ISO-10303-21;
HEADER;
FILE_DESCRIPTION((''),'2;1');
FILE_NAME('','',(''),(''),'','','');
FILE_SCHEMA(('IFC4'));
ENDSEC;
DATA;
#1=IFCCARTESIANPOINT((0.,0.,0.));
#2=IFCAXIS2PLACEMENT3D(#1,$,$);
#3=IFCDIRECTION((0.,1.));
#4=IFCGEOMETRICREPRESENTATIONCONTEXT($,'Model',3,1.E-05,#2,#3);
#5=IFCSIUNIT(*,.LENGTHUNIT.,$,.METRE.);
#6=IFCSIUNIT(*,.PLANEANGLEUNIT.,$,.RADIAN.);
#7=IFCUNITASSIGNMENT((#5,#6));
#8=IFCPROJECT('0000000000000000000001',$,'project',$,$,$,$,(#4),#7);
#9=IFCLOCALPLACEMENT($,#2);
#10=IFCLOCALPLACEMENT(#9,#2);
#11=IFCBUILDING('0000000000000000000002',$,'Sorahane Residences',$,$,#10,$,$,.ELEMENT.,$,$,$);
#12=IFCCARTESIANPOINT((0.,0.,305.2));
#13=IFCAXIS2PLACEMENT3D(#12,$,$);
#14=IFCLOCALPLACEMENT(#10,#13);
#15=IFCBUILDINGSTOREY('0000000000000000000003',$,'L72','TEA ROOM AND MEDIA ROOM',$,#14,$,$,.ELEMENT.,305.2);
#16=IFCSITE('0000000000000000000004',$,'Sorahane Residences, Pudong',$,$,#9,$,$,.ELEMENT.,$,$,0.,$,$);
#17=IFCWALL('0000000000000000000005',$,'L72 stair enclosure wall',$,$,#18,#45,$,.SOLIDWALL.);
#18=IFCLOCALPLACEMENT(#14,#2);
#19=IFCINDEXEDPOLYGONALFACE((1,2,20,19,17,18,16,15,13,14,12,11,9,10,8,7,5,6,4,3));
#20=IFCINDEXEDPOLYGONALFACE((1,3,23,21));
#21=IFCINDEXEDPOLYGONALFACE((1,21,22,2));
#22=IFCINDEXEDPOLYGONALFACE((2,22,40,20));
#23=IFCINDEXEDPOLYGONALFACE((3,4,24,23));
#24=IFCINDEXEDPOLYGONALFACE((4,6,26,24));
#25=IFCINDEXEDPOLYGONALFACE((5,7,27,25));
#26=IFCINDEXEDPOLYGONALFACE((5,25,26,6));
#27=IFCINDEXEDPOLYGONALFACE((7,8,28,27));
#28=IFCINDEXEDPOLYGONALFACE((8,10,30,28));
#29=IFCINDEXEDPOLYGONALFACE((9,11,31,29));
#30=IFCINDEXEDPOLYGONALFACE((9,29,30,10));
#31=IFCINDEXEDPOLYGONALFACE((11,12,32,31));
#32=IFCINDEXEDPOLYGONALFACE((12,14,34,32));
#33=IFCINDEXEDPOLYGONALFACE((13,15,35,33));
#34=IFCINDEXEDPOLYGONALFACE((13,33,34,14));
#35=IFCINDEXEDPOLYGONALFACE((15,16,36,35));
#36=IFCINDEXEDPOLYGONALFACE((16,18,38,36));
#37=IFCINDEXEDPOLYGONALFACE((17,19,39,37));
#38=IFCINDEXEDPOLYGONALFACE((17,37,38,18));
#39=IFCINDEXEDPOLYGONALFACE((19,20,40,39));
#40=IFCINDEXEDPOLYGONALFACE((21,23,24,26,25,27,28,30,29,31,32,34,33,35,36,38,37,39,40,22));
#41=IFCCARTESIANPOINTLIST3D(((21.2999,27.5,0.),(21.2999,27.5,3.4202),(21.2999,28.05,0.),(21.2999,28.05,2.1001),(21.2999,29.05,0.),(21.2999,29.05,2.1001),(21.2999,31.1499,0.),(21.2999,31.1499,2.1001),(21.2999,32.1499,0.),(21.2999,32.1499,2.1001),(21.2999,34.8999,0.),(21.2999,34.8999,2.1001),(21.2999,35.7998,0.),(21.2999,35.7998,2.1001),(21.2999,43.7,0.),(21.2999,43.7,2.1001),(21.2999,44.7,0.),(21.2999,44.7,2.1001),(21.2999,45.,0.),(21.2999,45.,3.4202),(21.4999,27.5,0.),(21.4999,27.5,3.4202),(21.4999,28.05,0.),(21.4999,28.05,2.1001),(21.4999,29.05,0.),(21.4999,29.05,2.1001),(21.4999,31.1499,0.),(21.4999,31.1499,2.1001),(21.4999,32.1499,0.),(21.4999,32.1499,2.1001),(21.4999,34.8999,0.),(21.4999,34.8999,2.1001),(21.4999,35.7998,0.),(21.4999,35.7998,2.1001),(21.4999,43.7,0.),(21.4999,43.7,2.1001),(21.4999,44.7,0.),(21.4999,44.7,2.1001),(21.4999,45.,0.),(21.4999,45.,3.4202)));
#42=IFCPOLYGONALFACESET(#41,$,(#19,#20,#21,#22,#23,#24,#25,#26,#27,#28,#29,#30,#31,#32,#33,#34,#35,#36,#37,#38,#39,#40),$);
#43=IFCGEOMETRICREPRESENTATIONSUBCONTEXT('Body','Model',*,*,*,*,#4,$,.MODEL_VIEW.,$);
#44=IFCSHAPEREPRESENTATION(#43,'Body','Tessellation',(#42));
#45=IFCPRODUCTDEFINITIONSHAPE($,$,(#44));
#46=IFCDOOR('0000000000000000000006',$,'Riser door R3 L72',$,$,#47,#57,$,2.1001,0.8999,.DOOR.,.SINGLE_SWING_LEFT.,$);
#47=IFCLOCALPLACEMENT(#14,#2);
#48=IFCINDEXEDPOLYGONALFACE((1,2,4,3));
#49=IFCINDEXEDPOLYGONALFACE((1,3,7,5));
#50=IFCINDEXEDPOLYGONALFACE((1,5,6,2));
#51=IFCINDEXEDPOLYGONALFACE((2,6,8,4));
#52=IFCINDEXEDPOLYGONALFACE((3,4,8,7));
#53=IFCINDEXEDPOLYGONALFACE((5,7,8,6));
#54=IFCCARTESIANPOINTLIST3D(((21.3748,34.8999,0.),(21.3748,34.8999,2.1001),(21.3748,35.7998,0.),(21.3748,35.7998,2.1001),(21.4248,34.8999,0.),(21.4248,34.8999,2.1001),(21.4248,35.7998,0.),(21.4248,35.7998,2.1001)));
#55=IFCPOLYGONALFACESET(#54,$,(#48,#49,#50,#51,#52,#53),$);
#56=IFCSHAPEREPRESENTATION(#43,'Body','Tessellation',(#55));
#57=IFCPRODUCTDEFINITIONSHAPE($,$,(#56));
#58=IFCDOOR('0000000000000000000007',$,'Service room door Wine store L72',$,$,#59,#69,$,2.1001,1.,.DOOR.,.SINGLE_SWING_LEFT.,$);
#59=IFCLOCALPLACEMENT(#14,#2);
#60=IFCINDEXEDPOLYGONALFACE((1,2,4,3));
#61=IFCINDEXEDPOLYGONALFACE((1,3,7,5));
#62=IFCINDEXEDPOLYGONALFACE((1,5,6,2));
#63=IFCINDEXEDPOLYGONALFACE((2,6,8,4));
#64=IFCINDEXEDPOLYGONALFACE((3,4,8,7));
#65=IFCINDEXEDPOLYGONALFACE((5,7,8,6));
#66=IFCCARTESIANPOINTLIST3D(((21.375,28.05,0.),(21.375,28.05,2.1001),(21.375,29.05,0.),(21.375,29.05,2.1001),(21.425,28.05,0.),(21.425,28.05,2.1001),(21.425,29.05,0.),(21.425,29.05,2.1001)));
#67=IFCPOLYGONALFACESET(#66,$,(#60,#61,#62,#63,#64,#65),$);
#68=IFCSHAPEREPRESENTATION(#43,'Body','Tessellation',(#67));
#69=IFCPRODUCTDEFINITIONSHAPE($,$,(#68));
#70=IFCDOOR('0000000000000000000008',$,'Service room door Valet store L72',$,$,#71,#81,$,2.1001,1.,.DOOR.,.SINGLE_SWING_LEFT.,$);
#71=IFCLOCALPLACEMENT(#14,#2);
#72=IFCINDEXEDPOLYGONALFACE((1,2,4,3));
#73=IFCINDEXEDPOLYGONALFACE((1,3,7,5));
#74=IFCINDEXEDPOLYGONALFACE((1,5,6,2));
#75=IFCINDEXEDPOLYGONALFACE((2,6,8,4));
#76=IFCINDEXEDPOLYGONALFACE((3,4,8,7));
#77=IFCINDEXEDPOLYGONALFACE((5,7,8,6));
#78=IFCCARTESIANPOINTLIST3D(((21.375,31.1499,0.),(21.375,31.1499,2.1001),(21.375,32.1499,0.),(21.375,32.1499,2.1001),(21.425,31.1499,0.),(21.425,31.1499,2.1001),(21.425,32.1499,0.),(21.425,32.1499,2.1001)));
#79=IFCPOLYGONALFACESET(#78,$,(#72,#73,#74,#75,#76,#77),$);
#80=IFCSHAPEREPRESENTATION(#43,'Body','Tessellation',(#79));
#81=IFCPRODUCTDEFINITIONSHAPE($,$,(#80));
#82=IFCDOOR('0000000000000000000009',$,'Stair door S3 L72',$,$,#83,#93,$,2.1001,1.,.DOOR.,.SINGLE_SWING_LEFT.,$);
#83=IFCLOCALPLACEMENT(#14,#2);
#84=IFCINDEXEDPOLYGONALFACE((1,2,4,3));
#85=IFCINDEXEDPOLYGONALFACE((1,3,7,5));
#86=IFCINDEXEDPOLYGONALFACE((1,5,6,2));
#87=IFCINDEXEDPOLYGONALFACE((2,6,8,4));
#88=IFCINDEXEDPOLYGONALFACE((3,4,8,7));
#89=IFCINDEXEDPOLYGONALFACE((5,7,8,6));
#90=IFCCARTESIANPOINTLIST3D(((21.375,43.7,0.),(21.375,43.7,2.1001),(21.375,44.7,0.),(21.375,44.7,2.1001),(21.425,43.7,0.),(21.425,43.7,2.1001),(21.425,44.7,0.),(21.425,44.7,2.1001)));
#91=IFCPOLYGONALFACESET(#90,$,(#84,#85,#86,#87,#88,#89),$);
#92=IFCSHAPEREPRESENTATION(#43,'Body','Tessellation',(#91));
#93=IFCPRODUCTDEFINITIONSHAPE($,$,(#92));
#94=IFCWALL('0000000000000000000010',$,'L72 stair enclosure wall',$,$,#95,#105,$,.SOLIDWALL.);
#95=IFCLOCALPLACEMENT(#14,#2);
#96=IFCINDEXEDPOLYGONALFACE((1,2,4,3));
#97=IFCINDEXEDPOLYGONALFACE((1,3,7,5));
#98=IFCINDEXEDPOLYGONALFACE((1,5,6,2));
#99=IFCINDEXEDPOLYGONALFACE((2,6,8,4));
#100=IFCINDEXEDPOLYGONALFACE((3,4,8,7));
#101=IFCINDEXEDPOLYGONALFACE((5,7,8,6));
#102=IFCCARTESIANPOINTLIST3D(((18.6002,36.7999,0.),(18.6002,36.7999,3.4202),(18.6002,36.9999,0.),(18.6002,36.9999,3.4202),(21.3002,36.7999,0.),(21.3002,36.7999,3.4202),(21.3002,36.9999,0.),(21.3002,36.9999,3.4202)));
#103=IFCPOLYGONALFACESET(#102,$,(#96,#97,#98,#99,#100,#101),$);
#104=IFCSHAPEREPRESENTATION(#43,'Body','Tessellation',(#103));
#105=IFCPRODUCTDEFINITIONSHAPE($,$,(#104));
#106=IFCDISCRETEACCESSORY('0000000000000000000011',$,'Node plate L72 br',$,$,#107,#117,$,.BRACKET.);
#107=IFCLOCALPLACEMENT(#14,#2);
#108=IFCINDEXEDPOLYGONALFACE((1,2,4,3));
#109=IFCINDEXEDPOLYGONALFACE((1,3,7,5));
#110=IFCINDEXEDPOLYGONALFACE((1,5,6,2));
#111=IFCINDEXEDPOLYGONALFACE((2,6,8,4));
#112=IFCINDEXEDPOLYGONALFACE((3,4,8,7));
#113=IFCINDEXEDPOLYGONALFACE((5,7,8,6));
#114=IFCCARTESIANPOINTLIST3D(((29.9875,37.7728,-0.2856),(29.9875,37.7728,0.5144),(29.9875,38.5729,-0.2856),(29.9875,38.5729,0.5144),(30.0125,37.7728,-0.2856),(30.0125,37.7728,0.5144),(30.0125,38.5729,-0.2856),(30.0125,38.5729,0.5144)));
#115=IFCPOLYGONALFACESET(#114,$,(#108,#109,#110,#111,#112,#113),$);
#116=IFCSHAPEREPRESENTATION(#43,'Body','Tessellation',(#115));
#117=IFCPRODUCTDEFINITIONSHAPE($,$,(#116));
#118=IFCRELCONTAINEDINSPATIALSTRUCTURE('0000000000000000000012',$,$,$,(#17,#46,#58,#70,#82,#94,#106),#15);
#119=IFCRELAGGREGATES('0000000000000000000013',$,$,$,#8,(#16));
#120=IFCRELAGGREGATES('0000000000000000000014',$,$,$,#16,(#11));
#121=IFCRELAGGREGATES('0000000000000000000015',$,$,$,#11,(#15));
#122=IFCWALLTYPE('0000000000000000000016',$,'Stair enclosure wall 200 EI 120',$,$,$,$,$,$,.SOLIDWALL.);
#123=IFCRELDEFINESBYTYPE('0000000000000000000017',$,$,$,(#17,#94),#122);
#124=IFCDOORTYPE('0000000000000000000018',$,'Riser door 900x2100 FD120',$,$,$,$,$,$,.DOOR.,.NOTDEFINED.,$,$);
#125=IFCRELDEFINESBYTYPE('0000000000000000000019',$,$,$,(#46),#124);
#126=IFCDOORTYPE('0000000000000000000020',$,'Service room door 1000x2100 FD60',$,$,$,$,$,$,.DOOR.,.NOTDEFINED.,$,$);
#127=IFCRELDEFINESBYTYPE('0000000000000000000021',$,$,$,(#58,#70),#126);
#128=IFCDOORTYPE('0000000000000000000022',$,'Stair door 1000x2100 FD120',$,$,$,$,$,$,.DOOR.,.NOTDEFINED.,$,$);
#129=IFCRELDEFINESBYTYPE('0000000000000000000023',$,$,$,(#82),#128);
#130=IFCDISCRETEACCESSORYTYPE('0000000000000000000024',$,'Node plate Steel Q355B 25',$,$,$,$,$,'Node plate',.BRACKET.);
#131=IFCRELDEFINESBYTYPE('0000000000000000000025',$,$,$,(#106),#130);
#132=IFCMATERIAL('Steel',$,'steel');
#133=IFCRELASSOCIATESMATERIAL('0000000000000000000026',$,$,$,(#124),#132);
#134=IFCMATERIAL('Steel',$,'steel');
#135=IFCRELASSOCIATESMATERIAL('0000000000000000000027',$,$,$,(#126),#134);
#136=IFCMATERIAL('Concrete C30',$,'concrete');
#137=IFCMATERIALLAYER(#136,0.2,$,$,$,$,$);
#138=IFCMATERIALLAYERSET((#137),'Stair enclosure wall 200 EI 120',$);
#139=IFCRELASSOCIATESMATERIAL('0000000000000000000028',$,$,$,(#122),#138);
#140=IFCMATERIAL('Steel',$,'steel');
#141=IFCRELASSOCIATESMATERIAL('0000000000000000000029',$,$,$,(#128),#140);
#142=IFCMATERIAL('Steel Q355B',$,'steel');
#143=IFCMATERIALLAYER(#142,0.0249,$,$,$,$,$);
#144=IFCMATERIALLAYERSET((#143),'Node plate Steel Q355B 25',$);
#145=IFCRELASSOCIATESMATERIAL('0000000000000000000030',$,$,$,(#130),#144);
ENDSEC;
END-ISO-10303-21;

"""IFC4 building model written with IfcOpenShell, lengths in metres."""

from ifc_helpers import new_model, si_unit, direction, frame, frame_2d, origin, origin_2d, place, context, subcontext, project, spatial, rectangle, extrude, material, layer, layer_set, type_object, element, fill, save


model = new_model("IFC4")

# Units and contexts
model_context = context("Model", 3, precision=1e-05, world=origin(), true_north=direction((0.0, 1.0)))
body_context = subcontext(model_context, "Body", "Model", "MODEL_VIEW")
ifc_project = project(units=[si_unit("LENGTHUNIT", "METRE"), si_unit("PLANEANGLEUNIT", "RADIAN")], contexts=[model_context])

# Site, building, storey
site_placement = place(None, origin())
site = spatial("IfcSite", under=ifc_project, at=site_placement, Name="Sorahane Residences, Pudong", CompositionType="ELEMENT", RefElevation=0.0)
building_placement = place(site_placement, origin())
building = spatial("IfcBuilding", under=site, at=building_placement, Name="Sorahane Residences", CompositionType="ELEMENT")
storey_placement = place(building_placement, frame((0.0, 0.0, 305.2)))
storey = spatial("IfcBuildingStorey", under=building, at=storey_placement, Name="L72", Description="TEA ROOM AND MEDIA ROOM", CompositionType="ELEMENT", Elevation=305.2)

# Shared definitions
ifc_material_1 = material(Name="Steel", Category="steel")
door_type_1 = type_object("IfcDoorType", Name="Riser door 900x2100 FD120", OperationType="NOTDEFINED", PredefinedType="DOOR", material=ifc_material_1)
ifc_material_2 = material(Name="Steel", Category="steel")
door_type_2 = type_object("IfcDoorType", Name="Service room door 1000x2100 FD60", OperationType="NOTDEFINED", PredefinedType="DOOR", material=ifc_material_2)

# Wall, openings, doors
ifc_material_3 = material(Name="Concrete C30", Category="concrete")
ifc_layer_1 = layer(ifc_material_3, 0.2)
ifc_layer_set_1 = layer_set([ifc_layer_1], Name="Stair enclosure wall 200 EI 120")
wall_type_1 = type_object("IfcWallType", Name="Stair enclosure wall 200 EI 120", PredefinedType="SOLIDWALL", material=ifc_layer_set_1)
wall_1_placement = place(storey_placement, frame((21.3999, 27.5, 0.0), z_axis=(0.0, 0.0, 1.0), x_axis=(0.0, 1.0, 0.0)))
wall_1 = element("IfcWall", 1, at=wall_1_placement, inside=storey, type_object=wall_type_1, Name="L72 stair enclosure wall", PredefinedType="SOLIDWALL", context=body_context, shape_type="SweptSolid", body=[
    extrude(rectangle(XDim=17.5, YDim=0.2, at=frame_2d((8.75, 0.0))), origin(), (0.0, 0.0, 1.0), 3.4202),
])
opening_1_placement = place(wall_1_placement, frame((0.55, 0.0, 0.0)))
opening_1 = element("IfcOpeningElement", 2, at=opening_1_placement, cuts=wall_1, PredefinedType="OPENING", context=body_context, shape_type="SweptSolid", body=[
    extrude(rectangle(XDim=1.0, YDim=2.1001, at=frame_2d((0.5, 1.05))), frame((0.0, 0.1099, 0.0), z_axis=(0.0, -1.0, 0.0), x_axis=(1.0, 0.0, 0.0)), (0.0, 0.0, 1.0), 0.22),
])
opening_2_placement = place(wall_1_placement, frame((3.6499, 0.0, 0.0)))
opening_2 = element("IfcOpeningElement", 3, at=opening_2_placement, cuts=wall_1, PredefinedType="OPENING", context=body_context, shape_type="SweptSolid", body=[
    extrude(rectangle(XDim=1.0, YDim=2.1001, at=frame_2d((0.5, 1.05))), frame((0.0, 0.1099, 0.0), z_axis=(0.0, -1.0, 0.0), x_axis=(1.0, 0.0, 0.0)), (0.0, 0.0, 1.0), 0.22),
])
opening_3_placement = place(wall_1_placement, frame((16.2, 0.0, 0.0)))
opening_3 = element("IfcOpeningElement", 4, at=opening_3_placement, cuts=wall_1, PredefinedType="OPENING", context=body_context, shape_type="SweptSolid", body=[
    extrude(rectangle(XDim=1.0, YDim=2.1001, at=frame_2d((0.5, 1.05))), frame((0.0, 0.1099, 0.0), z_axis=(0.0, -1.0, 0.0), x_axis=(1.0, 0.0, 0.0)), (0.0, 0.0, 1.0), 0.22),
])
opening_4_placement = place(wall_1_placement, frame((7.3999, 0.0, 0.0)))
opening_4 = element("IfcOpeningElement", 5, at=opening_4_placement, cuts=wall_1, PredefinedType="OPENING", context=body_context, shape_type="SweptSolid", body=[
    extrude(rectangle(XDim=0.8999, YDim=2.1001, at=frame_2d((0.45, 1.05))), frame((0.0, 0.1099, 0.0), z_axis=(0.0, -1.0, 0.0), x_axis=(1.0, 0.0, 0.0)), (0.0, 0.0, 1.0), 0.22),
])
door_1_placement = place(opening_4_placement, frame((0.8999, 0.0, 0.0), z_axis=(0.0, 0.0, 1.0), x_axis=(-1.0, 0.0, 0.0)))
door_1 = element("IfcDoor", 6, at=door_1_placement, inside=storey, type_object=door_type_1, Name="Riser door R3 L72", OperationType="SINGLE_SWING_LEFT", OverallHeight=2.1001, OverallWidth=0.8999, PredefinedType="DOOR", context=body_context, shape_type="SweptSolid", body=[
    extrude(rectangle(XDim=0.8999, YDim=2.1001, at=frame_2d((0.45, 1.05))), frame((0.0, 0.0249, 0.0), z_axis=(0.0, -1.0, 0.0), x_axis=(1.0, 0.0, 0.0)), (0.0, 0.0, 1.0), 0.05),
])
fill(opening_4, door_1)
door_2_placement = place(opening_1_placement, origin())
door_2 = element("IfcDoor", 7, at=door_2_placement, inside=storey, type_object=door_type_2, Name="Service room door Wine store L72", OperationType="SINGLE_SWING_LEFT", OverallHeight=2.1001, OverallWidth=1.0, PredefinedType="DOOR", context=body_context, shape_type="SweptSolid", body=[
    extrude(rectangle(XDim=1.0, YDim=2.1001, at=frame_2d((0.5, 1.05))), frame((0.0, 0.0249, 0.0), z_axis=(0.0, -1.0, 0.0), x_axis=(1.0, 0.0, 0.0)), (0.0, 0.0, 1.0), 0.05),
])
fill(opening_1, door_2)
door_3_placement = place(opening_2_placement, origin())
door_3 = element("IfcDoor", 8, at=door_3_placement, inside=storey, type_object=door_type_2, Name="Service room door Valet store L72", OperationType="SINGLE_SWING_LEFT", OverallHeight=2.1001, OverallWidth=1.0, PredefinedType="DOOR", context=body_context, shape_type="SweptSolid", body=[
    extrude(rectangle(XDim=1.0, YDim=2.1001, at=frame_2d((0.5, 1.05))), frame((0.0, 0.0249, 0.0), z_axis=(0.0, -1.0, 0.0), x_axis=(1.0, 0.0, 0.0)), (0.0, 0.0, 1.0), 0.05),
])
fill(opening_2, door_3)
ifc_material_4 = material(Name="Steel", Category="steel")
door_type_3 = type_object("IfcDoorType", Name="Stair door 1000x2100 FD120", OperationType="NOTDEFINED", PredefinedType="DOOR", material=ifc_material_4)
door_4_placement = place(opening_3_placement, origin())
door_4 = element("IfcDoor", 9, at=door_4_placement, inside=storey, type_object=door_type_3, Name="Stair door S3 L72", OperationType="SINGLE_SWING_LEFT", OverallHeight=2.1001, OverallWidth=1.0, PredefinedType="DOOR", context=body_context, shape_type="SweptSolid", body=[
    extrude(rectangle(XDim=1.0, YDim=2.1001, at=frame_2d((0.5, 1.05))), frame((0.0, 0.0249, 0.0), z_axis=(0.0, -1.0, 0.0), x_axis=(1.0, 0.0, 0.0)), (0.0, 0.0, 1.0), 0.05),
])
fill(opening_3, door_4)

# Wall
wall_2_placement = place(storey_placement, frame((18.6001, 36.8999, 0.0), z_axis=(0.0, 0.0, 1.0), x_axis=(1.0, 0.0, 0.0)))
element("IfcWall", 10, at=wall_2_placement, inside=storey, type_object=wall_type_1, Name="L72 stair enclosure wall", PredefinedType="SOLIDWALL", context=body_context, shape_type="SweptSolid", body=[
    extrude(rectangle(XDim=2.7, YDim=0.2, at=frame_2d((1.3501, 0.0))), origin(), (0.0, 0.0, 1.0), 3.4202),
])

# Discrete accessory
ifc_material_5 = material(Name="Steel Q355B", Category="steel")
ifc_layer_2 = layer(ifc_material_5, 0.0249)
ifc_layer_set_2 = layer_set([ifc_layer_2], Name="Node plate Steel Q355B 25")
discrete_accessory_type = type_object("IfcDiscreteAccessoryType", Name="Node plate Steel Q355B 25", ElementType="Node plate", PredefinedType="BRACKET", material=ifc_layer_set_2)
discrete_accessory_placement = place(storey_placement, frame((30.0, 38.1729, -0.2856), z_axis=(0.0, 0.0, 1.0), x_axis=(0.0, 1.0, 0.0)))
element("IfcDiscreteAccessory", 11, at=discrete_accessory_placement, inside=storey, type_object=discrete_accessory_type, Name="Node plate L72 br", PredefinedType="BRACKET", context=body_context, shape_type="SweptSolid", body=[
    extrude(rectangle(XDim=0.8, YDim=0.0249, at=origin_2d()), origin(), (0.0, 0.0, 1.0), 0.8),
])

save(model, "model.ifc")
